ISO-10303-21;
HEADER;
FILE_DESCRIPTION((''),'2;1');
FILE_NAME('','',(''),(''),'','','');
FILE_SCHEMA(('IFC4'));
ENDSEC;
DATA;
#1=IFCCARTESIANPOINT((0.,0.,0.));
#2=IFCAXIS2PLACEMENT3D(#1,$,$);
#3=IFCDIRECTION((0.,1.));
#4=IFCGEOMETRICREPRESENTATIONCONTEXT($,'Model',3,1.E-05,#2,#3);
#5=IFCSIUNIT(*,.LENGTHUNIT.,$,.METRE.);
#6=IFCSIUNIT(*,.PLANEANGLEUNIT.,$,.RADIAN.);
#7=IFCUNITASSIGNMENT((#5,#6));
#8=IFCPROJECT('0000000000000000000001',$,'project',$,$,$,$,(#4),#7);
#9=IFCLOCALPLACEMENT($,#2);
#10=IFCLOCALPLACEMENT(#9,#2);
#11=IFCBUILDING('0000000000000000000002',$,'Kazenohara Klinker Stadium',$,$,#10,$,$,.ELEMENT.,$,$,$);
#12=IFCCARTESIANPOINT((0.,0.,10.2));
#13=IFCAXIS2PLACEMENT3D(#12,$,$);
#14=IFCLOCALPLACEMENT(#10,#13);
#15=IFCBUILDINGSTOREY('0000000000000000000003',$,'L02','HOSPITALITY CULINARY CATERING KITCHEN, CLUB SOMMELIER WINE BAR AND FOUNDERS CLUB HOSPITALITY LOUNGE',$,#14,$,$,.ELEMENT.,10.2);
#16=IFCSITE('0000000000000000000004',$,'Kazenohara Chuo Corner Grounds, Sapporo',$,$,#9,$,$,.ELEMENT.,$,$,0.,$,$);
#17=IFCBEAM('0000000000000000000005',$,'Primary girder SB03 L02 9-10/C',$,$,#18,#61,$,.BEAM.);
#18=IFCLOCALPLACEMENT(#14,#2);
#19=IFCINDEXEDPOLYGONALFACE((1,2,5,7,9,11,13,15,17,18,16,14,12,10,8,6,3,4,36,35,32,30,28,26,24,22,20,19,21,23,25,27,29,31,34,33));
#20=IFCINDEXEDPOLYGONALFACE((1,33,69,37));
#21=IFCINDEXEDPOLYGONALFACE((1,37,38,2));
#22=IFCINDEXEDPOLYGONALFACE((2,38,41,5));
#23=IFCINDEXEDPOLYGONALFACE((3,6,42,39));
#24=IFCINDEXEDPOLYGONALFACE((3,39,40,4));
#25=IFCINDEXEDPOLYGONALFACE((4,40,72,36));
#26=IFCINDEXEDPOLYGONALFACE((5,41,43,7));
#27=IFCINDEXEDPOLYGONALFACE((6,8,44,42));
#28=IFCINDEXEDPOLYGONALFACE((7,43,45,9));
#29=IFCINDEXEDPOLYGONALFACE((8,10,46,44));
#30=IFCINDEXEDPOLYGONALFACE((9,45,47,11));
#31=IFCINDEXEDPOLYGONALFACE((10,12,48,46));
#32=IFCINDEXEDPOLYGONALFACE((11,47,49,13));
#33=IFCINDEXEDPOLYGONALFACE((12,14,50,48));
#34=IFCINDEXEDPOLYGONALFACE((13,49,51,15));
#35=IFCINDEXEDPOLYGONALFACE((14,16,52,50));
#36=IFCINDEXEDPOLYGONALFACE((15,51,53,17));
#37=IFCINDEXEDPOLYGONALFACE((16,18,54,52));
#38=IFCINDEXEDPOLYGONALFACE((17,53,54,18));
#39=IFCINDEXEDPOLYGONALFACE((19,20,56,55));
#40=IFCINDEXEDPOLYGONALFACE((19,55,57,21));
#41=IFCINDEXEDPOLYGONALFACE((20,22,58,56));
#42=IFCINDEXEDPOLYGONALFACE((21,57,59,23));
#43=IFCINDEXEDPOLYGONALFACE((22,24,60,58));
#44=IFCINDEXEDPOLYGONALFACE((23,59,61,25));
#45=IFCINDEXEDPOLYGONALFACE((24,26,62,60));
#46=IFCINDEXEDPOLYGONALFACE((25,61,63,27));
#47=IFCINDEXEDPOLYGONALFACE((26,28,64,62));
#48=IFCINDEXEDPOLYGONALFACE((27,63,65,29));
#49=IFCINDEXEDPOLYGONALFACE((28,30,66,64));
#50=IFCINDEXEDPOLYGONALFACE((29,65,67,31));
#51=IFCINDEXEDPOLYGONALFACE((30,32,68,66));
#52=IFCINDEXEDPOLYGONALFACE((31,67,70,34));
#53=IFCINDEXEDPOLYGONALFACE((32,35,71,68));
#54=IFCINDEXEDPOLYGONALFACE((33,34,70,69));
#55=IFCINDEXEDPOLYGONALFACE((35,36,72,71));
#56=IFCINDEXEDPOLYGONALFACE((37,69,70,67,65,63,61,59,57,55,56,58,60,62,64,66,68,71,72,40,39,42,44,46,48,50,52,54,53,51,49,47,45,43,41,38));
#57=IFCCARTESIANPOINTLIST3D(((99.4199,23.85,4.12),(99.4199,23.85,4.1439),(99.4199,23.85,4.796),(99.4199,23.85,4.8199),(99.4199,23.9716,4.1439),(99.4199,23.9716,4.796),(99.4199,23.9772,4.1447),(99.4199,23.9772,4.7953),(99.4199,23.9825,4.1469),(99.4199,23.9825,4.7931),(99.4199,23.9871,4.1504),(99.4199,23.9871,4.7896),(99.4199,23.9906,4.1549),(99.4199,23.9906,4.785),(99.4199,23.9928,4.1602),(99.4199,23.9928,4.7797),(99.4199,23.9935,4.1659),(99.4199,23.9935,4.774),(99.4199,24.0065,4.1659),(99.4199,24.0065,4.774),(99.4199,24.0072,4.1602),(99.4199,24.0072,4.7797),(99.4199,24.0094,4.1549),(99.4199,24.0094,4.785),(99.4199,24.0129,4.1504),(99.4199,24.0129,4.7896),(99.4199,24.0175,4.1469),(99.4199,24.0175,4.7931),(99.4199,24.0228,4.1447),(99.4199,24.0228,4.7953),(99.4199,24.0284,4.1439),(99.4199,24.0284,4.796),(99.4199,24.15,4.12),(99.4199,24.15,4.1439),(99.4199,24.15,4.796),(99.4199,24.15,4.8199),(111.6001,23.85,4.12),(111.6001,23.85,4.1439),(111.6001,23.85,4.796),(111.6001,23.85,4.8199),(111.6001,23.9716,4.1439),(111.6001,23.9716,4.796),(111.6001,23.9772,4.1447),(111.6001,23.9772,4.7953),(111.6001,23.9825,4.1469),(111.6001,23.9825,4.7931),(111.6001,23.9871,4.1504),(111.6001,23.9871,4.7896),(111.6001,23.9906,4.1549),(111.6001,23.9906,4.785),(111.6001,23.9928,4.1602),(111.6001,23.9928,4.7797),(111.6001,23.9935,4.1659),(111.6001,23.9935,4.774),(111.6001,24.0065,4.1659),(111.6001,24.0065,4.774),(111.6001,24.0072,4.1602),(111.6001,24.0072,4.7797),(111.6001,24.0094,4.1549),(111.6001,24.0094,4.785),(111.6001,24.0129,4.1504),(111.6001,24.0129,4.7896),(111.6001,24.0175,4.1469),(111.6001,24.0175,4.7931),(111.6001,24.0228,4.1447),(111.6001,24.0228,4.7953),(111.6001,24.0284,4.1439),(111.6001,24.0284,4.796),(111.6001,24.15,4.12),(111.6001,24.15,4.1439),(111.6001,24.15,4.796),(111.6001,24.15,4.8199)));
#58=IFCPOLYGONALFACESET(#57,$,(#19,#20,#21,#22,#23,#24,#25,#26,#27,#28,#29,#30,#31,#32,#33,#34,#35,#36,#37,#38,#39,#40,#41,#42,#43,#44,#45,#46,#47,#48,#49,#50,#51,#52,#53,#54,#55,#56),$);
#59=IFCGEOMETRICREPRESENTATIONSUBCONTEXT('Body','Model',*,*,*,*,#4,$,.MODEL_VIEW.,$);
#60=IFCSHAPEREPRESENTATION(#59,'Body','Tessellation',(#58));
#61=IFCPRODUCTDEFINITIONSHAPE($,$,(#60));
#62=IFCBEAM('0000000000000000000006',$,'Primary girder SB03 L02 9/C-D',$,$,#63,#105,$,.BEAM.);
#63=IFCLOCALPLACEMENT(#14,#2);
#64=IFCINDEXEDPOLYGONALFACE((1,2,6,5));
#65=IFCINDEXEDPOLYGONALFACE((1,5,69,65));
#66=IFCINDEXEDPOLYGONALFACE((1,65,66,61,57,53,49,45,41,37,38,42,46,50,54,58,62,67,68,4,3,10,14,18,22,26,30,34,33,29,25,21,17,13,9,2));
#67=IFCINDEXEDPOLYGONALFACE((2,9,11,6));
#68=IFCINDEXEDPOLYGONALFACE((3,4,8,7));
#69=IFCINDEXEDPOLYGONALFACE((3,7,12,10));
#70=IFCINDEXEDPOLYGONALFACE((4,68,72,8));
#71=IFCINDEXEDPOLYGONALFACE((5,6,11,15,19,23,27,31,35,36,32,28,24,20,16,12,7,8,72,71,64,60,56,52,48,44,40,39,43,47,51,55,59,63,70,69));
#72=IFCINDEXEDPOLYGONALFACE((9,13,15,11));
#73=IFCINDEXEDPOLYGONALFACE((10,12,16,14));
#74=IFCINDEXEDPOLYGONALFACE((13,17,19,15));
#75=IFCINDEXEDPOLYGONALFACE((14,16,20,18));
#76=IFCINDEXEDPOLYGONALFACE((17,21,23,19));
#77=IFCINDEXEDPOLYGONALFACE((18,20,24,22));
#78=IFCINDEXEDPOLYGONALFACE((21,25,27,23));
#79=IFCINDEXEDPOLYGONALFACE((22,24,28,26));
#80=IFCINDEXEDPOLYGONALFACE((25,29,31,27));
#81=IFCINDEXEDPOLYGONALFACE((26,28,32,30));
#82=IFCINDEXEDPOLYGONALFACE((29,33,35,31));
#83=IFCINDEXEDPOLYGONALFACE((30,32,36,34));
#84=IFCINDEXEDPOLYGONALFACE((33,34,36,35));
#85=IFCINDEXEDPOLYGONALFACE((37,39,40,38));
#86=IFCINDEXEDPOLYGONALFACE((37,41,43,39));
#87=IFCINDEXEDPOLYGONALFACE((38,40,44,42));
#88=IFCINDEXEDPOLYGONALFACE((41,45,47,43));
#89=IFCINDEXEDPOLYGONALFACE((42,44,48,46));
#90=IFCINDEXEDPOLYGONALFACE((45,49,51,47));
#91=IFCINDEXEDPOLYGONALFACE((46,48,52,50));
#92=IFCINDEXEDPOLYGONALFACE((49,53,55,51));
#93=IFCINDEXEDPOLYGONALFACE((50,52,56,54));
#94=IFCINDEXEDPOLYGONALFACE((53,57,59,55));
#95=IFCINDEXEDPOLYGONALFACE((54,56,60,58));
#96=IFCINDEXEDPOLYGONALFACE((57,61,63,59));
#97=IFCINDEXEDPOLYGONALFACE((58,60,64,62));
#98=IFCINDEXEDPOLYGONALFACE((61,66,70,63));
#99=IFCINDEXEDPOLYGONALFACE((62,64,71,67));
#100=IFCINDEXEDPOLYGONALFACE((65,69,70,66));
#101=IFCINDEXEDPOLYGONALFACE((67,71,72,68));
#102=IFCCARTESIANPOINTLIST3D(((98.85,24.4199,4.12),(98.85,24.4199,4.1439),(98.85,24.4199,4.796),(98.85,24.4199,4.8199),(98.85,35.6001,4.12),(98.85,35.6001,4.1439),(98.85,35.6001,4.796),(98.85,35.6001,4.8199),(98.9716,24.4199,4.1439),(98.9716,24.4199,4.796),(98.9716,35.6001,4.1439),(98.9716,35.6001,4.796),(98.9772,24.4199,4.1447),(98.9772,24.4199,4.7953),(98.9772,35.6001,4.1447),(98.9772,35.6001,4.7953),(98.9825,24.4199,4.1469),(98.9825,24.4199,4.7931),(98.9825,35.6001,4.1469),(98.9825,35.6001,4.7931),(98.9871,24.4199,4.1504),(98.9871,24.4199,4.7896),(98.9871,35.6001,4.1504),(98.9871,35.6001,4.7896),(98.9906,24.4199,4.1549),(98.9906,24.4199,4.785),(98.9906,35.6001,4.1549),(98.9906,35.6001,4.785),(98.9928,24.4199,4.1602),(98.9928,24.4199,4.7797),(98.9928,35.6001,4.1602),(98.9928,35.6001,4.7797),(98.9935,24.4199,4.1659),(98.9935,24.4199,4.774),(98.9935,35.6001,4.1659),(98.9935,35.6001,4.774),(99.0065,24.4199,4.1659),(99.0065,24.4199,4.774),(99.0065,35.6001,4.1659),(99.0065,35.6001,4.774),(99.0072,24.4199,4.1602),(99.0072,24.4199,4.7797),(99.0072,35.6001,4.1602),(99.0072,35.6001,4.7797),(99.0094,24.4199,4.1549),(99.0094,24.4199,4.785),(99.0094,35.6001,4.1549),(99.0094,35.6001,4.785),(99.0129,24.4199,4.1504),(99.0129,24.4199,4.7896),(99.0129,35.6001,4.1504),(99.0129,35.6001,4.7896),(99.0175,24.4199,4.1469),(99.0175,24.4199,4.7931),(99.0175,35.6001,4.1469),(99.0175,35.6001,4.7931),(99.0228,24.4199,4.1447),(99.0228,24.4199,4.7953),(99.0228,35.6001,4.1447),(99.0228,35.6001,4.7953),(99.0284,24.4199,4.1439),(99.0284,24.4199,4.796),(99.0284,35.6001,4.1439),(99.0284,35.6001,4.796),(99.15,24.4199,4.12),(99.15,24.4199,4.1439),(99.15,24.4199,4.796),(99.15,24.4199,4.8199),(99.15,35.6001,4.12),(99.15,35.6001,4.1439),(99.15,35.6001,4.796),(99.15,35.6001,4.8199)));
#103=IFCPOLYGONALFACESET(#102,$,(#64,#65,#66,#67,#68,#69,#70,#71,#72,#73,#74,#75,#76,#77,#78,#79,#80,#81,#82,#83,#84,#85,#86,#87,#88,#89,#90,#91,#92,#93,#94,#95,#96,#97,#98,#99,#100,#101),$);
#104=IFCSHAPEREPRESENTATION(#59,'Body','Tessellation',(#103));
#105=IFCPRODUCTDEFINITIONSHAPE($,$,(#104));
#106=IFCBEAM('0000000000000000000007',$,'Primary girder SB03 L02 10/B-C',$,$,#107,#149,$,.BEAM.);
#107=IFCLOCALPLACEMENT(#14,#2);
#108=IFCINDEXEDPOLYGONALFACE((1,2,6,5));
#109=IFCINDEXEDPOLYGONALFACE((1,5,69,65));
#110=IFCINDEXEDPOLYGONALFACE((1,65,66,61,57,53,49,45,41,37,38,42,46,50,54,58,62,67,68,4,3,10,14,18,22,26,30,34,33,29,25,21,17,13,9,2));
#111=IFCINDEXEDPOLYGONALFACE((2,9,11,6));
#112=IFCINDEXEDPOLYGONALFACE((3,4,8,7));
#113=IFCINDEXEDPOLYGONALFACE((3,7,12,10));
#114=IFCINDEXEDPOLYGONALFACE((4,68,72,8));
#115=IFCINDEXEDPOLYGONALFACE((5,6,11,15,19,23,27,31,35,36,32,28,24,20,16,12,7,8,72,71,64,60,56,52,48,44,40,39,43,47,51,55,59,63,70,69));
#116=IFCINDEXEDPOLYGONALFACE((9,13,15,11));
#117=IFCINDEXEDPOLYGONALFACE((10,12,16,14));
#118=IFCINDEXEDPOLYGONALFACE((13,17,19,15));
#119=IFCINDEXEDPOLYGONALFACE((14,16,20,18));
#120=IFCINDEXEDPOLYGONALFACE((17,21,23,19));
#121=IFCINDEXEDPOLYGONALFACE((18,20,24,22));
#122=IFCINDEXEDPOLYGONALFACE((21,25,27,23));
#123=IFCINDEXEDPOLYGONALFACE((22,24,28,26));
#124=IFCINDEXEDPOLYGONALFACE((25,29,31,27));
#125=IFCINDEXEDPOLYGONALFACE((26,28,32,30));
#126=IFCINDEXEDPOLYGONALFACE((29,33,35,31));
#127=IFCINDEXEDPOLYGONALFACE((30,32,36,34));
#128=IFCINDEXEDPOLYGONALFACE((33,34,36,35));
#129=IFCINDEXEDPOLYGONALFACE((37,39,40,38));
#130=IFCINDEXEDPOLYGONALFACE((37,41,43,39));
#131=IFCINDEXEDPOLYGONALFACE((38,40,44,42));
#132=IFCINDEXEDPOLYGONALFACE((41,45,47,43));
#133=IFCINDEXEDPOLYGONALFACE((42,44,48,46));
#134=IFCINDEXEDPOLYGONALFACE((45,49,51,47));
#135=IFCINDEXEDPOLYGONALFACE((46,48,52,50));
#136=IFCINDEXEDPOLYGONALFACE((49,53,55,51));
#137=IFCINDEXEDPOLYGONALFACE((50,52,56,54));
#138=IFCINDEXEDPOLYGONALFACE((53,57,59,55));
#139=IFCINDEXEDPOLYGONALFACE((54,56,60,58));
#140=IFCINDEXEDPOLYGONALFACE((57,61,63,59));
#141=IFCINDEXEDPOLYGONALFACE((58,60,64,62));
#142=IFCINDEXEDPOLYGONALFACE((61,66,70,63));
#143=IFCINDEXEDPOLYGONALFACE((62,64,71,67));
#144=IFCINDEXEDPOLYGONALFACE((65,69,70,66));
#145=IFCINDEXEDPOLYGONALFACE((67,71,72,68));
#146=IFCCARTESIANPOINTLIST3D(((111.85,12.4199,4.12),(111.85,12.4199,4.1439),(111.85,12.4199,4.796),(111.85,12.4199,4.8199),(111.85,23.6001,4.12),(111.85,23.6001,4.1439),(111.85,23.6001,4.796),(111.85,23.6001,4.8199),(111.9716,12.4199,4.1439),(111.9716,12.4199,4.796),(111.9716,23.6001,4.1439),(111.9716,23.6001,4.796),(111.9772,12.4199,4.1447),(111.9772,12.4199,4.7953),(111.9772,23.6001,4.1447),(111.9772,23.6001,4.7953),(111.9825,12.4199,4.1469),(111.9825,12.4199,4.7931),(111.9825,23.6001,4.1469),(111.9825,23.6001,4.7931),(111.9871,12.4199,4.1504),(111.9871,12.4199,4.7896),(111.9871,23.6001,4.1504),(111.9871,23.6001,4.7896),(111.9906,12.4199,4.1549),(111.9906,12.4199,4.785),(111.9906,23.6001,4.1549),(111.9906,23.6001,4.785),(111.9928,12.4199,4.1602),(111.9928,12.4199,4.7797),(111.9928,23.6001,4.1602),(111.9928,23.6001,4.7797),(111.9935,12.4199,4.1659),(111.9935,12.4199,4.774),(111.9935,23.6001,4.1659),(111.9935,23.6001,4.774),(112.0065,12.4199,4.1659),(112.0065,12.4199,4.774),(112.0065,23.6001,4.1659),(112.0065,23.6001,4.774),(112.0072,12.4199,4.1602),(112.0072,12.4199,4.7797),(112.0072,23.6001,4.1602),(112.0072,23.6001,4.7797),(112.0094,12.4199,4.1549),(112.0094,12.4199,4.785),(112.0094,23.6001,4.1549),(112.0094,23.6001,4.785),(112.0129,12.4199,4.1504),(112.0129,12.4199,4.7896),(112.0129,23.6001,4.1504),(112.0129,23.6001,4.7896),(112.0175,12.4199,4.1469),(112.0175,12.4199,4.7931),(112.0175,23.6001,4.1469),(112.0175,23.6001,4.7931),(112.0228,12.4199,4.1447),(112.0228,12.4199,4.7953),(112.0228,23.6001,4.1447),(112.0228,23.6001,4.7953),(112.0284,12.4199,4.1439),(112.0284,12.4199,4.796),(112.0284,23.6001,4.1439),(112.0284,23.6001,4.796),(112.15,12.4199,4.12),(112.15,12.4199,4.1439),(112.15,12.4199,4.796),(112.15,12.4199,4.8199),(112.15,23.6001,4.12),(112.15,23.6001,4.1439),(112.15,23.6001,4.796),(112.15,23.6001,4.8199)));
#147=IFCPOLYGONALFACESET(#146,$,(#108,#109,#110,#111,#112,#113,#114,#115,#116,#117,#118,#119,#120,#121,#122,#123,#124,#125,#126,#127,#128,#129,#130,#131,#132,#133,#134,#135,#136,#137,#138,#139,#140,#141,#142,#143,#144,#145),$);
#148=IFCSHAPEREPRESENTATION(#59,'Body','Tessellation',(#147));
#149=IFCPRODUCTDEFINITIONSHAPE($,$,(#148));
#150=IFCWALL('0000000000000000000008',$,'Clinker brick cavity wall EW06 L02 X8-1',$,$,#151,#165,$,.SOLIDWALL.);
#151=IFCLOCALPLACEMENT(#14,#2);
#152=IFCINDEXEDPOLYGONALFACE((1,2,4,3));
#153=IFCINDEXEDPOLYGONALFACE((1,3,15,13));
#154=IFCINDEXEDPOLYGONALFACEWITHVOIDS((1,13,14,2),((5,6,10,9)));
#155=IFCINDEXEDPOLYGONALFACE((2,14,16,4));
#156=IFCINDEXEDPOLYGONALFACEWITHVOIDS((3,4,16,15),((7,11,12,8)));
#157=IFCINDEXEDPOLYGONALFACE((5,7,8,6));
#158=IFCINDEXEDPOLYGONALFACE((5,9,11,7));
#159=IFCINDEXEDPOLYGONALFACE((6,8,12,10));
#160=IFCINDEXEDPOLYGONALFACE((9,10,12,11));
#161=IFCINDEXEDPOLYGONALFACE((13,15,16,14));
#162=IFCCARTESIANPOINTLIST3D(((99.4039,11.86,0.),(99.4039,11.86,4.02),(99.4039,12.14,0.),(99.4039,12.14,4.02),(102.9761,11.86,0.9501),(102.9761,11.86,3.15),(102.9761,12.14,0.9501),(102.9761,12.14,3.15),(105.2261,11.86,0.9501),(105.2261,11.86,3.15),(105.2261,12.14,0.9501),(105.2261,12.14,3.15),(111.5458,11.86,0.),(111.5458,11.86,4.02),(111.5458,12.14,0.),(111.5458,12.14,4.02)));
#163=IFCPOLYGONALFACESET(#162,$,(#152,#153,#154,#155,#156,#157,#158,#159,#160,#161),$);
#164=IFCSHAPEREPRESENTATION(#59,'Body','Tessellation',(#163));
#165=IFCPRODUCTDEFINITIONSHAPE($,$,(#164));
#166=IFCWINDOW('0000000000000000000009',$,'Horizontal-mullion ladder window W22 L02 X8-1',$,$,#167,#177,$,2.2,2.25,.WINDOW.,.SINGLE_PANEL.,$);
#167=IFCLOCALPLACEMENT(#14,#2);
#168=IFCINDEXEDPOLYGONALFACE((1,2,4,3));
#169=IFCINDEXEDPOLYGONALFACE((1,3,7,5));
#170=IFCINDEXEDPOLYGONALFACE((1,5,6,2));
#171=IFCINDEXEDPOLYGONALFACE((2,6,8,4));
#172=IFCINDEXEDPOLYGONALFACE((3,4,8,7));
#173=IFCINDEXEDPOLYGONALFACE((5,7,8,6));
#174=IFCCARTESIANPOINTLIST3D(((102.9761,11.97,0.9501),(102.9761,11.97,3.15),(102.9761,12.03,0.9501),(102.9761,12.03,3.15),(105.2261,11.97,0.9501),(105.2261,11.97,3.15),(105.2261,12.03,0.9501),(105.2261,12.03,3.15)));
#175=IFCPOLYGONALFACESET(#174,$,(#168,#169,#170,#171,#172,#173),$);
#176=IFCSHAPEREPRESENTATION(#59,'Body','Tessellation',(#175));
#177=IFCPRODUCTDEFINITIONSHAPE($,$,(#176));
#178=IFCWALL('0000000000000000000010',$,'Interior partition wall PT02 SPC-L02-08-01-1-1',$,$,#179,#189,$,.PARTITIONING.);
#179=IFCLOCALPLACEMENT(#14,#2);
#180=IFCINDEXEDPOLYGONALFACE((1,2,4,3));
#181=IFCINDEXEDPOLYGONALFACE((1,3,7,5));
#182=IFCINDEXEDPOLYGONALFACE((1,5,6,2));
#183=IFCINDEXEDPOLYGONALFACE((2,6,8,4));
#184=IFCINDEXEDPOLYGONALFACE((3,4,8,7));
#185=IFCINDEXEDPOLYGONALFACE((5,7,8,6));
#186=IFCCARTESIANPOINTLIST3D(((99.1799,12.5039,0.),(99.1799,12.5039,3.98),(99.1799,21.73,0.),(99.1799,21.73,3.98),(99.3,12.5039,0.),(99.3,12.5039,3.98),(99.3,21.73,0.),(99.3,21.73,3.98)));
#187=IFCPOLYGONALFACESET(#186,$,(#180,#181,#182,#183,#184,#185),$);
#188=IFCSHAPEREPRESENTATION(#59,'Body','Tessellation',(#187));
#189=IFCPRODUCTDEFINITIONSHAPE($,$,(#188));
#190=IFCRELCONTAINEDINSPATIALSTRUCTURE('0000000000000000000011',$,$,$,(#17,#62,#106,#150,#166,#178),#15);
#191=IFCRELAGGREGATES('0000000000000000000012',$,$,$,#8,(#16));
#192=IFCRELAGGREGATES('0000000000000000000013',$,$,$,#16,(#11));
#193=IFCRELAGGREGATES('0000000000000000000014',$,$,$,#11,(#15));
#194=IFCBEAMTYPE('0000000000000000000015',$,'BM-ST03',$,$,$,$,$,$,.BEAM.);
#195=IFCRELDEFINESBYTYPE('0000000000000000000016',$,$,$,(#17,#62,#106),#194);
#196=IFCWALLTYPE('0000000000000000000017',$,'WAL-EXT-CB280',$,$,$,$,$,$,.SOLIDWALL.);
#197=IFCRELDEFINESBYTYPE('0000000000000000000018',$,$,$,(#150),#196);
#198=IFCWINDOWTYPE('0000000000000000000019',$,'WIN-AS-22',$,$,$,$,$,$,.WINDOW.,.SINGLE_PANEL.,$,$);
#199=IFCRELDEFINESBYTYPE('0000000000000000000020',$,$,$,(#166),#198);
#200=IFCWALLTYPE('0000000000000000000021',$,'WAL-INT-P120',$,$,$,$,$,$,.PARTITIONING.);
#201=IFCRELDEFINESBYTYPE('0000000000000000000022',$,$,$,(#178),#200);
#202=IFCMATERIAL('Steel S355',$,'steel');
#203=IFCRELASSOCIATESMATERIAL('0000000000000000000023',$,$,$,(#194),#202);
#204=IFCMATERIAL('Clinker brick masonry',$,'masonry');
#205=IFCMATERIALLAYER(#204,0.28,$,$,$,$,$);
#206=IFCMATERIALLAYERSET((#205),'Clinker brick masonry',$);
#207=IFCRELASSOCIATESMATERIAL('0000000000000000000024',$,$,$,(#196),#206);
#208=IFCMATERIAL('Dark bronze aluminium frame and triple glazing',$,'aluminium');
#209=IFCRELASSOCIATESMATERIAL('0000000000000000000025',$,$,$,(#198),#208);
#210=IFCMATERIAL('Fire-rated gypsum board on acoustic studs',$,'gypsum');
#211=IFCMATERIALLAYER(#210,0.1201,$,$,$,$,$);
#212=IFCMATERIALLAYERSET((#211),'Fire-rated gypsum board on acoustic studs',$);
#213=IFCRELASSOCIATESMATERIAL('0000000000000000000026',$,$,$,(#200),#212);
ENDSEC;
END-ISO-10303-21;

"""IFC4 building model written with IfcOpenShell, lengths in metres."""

from ifc_helpers import new_model, si_unit, direction, frame, frame_2d, origin, origin_2d, place, context, subcontext, project, spatial, rectangle, i_section, extrude, material, layer, layer_set, material_profile, profile_set, type_object, element, fill, save


model = new_model("IFC4")

# Units and contexts
model_context = context("Model", 3, precision=1e-05, world=origin(), true_north=direction((0.0, 1.0)))
body_context = subcontext(model_context, "Body", "Model", "MODEL_VIEW")
ifc_project = project(units=[si_unit("LENGTHUNIT", "METRE"), si_unit("PLANEANGLEUNIT", "RADIAN")], contexts=[model_context])

# Site, building, storey
site_placement = place(None, origin())
site = spatial("IfcSite", under=ifc_project, at=site_placement, Name="Kazenohara Chuo Corner Grounds, Sapporo", CompositionType="ELEMENT", RefElevation=0.0)
building_placement = place(site_placement, origin())
building = spatial("IfcBuilding", under=site, at=building_placement, Name="Kazenohara Klinker Stadium", CompositionType="ELEMENT")
storey_placement = place(building_placement, frame((0.0, 0.0, 10.2)))
storey = spatial("IfcBuildingStorey", under=building, at=storey_placement, Name="L02", Description="HOSPITALITY CULINARY CATERING KITCHEN, CLUB SOMMELIER WINE BAR AND FOUNDERS CLUB HOSPITALITY LOUNGE", CompositionType="ELEMENT", Elevation=10.2)

# Beams
ifc_material_1 = material(Name="Steel S355", Category="steel")
ifc_material_profile_1 = material_profile(ifc_material_1, i_section(OverallWidth=0.3, OverallDepth=0.7, WebThickness=0.0129, FlangeThickness=0.0239, FilletRadius=0.022, at=origin_2d()), Name="H-700x300x13x24")
ifc_profile_set_1 = profile_set([ifc_material_profile_1], Name="Steel S355")
beam_type_1 = type_object("IfcBeamType", Name="BM-ST03", PredefinedType="BEAM", material=ifc_profile_set_1)
beam_1_placement = place(storey_placement, frame((99.4199, 24.0, 4.47), z_axis=(1.0, 0.0, 0.0), x_axis=(0.0, 1.0, 0.0)))
element("IfcBeam", 1, at=beam_1_placement, inside=storey, type_object=beam_type_1, Name="Primary girder SB03 L02 9-10/C", PredefinedType="BEAM", context=body_context, shape_type="SweptSolid", body=[
    extrude(i_section(OverallWidth=0.3, OverallDepth=0.7, WebThickness=0.0129, FlangeThickness=0.0239, FilletRadius=0.022, at=origin_2d()), origin(), (0.0, 0.0, 1.0), 12.1802),
])
for number, where, z_axis, x_axis, name in (
    (2, (99.0, 24.4199, 4.47), (0.0, 1.0, 0.0), (-1.0, 0.0, 0.0), "Primary girder SB03 L02 9/C-D"),
    (3, (112.0, 12.4199, 4.47), (0.0, 1.0, 0.0), (-1.0, 0.0, 0.0), "Primary girder SB03 L02 10/B-C"),
):
    element("IfcBeam", number, at=place(storey_placement, frame(where, z_axis=z_axis, x_axis=x_axis)), inside=storey, type_object=beam_type_1, Name=name, PredefinedType="BEAM", context=body_context, shape_type="SweptSolid", body=[
        extrude(i_section(OverallWidth=0.3, OverallDepth=0.7, WebThickness=0.0129, FlangeThickness=0.0239, FilletRadius=0.022, at=origin_2d()), origin(), (0.0, 0.0, 1.0), 11.1802),
    ])

# Wall, opening, window
ifc_material_2 = material(Name="Clinker brick masonry", Category="masonry")
ifc_layer_1 = layer(ifc_material_2, 0.28)
ifc_layer_set_1 = layer_set([ifc_layer_1], Name="Clinker brick masonry")
wall_type_1 = type_object("IfcWallType", Name="WAL-EXT-CB280", PredefinedType="SOLIDWALL", material=ifc_layer_set_1)
wall_1_placement = place(storey_placement, frame((99.4041, 12.0, 0.0), z_axis=(0.0, 0.0, 1.0), x_axis=(1.0, 0.0, 0.0)))
wall_1 = element("IfcWall", 4, at=wall_1_placement, inside=storey, type_object=wall_type_1, Name="Clinker brick cavity wall EW06 L02 X8-1", PredefinedType="SOLIDWALL", context=body_context, shape_type="SweptSolid", body=[
    extrude(rectangle(XDim=12.1418, YDim=0.28, at=frame_2d((6.0708, 0.0))), origin(), (0.0, 0.0, 1.0), 4.02),
])
opening_1_placement = place(wall_1_placement, frame((3.572, 0.0, 0.95)))
opening_1 = element("IfcOpeningElement", 5, at=opening_1_placement, cuts=wall_1, PredefinedType="OPENING", context=body_context, shape_type="SweptSolid", body=[
    extrude(rectangle(XDim=2.25, YDim=2.2, at=frame_2d((1.125, 1.1001))), frame((0.0, 0.1499, 0.0), z_axis=(0.0, -1.0, 0.0), x_axis=(1.0, 0.0, 0.0)), (0.0, 0.0, 1.0), 0.3),
])
ifc_material_3 = material(Name="Dark bronze aluminium frame and triple glazing", Category="aluminium")
window_type = type_object("IfcWindowType", Name="WIN-AS-22", PartitioningType="SINGLE_PANEL", PredefinedType="WINDOW", material=ifc_material_3)
window_placement = place(opening_1_placement, origin())
window = element("IfcWindow", 6, at=window_placement, inside=storey, type_object=window_type, Name="Horizontal-mullion ladder window W22 L02 X8-1", OverallHeight=2.2, OverallWidth=2.25, PartitioningType="SINGLE_PANEL", PredefinedType="WINDOW", context=body_context, shape_type="SweptSolid", body=[
    extrude(rectangle(XDim=2.25, YDim=2.2, at=frame_2d((1.125, 1.1001))), frame((0.0, 0.03, 0.0), z_axis=(0.0, -1.0, 0.0), x_axis=(1.0, 0.0, 0.0)), (0.0, 0.0, 1.0), 0.0601),
])
fill(opening_1, window)

# Wall
ifc_material_4 = material(Name="Fire-rated gypsum board on acoustic studs", Category="gypsum")
ifc_layer_2 = layer(ifc_material_4, 0.1201)
ifc_layer_set_2 = layer_set([ifc_layer_2], Name="Fire-rated gypsum board on acoustic studs")
wall_type_2 = type_object("IfcWallType", Name="WAL-INT-P120", PredefinedType="PARTITIONING", material=ifc_layer_set_2)
wall_2_placement = place(storey_placement, frame((99.24, 12.5039, 0.0), z_axis=(0.0, 0.0, 1.0), x_axis=(0.0, 1.0, 0.0)))
element("IfcWall", 7, at=wall_2_placement, inside=storey, type_object=wall_type_2, Name="Interior partition wall PT02 SPC-L02-08-01-1-1", PredefinedType="PARTITIONING", context=body_context, shape_type="SweptSolid", body=[
    extrude(rectangle(XDim=9.2261, YDim=0.1201, at=frame_2d((4.613, 0.0))), origin(), (0.0, 0.0, 1.0), 3.98),
])

save(model, "model.ifc")
